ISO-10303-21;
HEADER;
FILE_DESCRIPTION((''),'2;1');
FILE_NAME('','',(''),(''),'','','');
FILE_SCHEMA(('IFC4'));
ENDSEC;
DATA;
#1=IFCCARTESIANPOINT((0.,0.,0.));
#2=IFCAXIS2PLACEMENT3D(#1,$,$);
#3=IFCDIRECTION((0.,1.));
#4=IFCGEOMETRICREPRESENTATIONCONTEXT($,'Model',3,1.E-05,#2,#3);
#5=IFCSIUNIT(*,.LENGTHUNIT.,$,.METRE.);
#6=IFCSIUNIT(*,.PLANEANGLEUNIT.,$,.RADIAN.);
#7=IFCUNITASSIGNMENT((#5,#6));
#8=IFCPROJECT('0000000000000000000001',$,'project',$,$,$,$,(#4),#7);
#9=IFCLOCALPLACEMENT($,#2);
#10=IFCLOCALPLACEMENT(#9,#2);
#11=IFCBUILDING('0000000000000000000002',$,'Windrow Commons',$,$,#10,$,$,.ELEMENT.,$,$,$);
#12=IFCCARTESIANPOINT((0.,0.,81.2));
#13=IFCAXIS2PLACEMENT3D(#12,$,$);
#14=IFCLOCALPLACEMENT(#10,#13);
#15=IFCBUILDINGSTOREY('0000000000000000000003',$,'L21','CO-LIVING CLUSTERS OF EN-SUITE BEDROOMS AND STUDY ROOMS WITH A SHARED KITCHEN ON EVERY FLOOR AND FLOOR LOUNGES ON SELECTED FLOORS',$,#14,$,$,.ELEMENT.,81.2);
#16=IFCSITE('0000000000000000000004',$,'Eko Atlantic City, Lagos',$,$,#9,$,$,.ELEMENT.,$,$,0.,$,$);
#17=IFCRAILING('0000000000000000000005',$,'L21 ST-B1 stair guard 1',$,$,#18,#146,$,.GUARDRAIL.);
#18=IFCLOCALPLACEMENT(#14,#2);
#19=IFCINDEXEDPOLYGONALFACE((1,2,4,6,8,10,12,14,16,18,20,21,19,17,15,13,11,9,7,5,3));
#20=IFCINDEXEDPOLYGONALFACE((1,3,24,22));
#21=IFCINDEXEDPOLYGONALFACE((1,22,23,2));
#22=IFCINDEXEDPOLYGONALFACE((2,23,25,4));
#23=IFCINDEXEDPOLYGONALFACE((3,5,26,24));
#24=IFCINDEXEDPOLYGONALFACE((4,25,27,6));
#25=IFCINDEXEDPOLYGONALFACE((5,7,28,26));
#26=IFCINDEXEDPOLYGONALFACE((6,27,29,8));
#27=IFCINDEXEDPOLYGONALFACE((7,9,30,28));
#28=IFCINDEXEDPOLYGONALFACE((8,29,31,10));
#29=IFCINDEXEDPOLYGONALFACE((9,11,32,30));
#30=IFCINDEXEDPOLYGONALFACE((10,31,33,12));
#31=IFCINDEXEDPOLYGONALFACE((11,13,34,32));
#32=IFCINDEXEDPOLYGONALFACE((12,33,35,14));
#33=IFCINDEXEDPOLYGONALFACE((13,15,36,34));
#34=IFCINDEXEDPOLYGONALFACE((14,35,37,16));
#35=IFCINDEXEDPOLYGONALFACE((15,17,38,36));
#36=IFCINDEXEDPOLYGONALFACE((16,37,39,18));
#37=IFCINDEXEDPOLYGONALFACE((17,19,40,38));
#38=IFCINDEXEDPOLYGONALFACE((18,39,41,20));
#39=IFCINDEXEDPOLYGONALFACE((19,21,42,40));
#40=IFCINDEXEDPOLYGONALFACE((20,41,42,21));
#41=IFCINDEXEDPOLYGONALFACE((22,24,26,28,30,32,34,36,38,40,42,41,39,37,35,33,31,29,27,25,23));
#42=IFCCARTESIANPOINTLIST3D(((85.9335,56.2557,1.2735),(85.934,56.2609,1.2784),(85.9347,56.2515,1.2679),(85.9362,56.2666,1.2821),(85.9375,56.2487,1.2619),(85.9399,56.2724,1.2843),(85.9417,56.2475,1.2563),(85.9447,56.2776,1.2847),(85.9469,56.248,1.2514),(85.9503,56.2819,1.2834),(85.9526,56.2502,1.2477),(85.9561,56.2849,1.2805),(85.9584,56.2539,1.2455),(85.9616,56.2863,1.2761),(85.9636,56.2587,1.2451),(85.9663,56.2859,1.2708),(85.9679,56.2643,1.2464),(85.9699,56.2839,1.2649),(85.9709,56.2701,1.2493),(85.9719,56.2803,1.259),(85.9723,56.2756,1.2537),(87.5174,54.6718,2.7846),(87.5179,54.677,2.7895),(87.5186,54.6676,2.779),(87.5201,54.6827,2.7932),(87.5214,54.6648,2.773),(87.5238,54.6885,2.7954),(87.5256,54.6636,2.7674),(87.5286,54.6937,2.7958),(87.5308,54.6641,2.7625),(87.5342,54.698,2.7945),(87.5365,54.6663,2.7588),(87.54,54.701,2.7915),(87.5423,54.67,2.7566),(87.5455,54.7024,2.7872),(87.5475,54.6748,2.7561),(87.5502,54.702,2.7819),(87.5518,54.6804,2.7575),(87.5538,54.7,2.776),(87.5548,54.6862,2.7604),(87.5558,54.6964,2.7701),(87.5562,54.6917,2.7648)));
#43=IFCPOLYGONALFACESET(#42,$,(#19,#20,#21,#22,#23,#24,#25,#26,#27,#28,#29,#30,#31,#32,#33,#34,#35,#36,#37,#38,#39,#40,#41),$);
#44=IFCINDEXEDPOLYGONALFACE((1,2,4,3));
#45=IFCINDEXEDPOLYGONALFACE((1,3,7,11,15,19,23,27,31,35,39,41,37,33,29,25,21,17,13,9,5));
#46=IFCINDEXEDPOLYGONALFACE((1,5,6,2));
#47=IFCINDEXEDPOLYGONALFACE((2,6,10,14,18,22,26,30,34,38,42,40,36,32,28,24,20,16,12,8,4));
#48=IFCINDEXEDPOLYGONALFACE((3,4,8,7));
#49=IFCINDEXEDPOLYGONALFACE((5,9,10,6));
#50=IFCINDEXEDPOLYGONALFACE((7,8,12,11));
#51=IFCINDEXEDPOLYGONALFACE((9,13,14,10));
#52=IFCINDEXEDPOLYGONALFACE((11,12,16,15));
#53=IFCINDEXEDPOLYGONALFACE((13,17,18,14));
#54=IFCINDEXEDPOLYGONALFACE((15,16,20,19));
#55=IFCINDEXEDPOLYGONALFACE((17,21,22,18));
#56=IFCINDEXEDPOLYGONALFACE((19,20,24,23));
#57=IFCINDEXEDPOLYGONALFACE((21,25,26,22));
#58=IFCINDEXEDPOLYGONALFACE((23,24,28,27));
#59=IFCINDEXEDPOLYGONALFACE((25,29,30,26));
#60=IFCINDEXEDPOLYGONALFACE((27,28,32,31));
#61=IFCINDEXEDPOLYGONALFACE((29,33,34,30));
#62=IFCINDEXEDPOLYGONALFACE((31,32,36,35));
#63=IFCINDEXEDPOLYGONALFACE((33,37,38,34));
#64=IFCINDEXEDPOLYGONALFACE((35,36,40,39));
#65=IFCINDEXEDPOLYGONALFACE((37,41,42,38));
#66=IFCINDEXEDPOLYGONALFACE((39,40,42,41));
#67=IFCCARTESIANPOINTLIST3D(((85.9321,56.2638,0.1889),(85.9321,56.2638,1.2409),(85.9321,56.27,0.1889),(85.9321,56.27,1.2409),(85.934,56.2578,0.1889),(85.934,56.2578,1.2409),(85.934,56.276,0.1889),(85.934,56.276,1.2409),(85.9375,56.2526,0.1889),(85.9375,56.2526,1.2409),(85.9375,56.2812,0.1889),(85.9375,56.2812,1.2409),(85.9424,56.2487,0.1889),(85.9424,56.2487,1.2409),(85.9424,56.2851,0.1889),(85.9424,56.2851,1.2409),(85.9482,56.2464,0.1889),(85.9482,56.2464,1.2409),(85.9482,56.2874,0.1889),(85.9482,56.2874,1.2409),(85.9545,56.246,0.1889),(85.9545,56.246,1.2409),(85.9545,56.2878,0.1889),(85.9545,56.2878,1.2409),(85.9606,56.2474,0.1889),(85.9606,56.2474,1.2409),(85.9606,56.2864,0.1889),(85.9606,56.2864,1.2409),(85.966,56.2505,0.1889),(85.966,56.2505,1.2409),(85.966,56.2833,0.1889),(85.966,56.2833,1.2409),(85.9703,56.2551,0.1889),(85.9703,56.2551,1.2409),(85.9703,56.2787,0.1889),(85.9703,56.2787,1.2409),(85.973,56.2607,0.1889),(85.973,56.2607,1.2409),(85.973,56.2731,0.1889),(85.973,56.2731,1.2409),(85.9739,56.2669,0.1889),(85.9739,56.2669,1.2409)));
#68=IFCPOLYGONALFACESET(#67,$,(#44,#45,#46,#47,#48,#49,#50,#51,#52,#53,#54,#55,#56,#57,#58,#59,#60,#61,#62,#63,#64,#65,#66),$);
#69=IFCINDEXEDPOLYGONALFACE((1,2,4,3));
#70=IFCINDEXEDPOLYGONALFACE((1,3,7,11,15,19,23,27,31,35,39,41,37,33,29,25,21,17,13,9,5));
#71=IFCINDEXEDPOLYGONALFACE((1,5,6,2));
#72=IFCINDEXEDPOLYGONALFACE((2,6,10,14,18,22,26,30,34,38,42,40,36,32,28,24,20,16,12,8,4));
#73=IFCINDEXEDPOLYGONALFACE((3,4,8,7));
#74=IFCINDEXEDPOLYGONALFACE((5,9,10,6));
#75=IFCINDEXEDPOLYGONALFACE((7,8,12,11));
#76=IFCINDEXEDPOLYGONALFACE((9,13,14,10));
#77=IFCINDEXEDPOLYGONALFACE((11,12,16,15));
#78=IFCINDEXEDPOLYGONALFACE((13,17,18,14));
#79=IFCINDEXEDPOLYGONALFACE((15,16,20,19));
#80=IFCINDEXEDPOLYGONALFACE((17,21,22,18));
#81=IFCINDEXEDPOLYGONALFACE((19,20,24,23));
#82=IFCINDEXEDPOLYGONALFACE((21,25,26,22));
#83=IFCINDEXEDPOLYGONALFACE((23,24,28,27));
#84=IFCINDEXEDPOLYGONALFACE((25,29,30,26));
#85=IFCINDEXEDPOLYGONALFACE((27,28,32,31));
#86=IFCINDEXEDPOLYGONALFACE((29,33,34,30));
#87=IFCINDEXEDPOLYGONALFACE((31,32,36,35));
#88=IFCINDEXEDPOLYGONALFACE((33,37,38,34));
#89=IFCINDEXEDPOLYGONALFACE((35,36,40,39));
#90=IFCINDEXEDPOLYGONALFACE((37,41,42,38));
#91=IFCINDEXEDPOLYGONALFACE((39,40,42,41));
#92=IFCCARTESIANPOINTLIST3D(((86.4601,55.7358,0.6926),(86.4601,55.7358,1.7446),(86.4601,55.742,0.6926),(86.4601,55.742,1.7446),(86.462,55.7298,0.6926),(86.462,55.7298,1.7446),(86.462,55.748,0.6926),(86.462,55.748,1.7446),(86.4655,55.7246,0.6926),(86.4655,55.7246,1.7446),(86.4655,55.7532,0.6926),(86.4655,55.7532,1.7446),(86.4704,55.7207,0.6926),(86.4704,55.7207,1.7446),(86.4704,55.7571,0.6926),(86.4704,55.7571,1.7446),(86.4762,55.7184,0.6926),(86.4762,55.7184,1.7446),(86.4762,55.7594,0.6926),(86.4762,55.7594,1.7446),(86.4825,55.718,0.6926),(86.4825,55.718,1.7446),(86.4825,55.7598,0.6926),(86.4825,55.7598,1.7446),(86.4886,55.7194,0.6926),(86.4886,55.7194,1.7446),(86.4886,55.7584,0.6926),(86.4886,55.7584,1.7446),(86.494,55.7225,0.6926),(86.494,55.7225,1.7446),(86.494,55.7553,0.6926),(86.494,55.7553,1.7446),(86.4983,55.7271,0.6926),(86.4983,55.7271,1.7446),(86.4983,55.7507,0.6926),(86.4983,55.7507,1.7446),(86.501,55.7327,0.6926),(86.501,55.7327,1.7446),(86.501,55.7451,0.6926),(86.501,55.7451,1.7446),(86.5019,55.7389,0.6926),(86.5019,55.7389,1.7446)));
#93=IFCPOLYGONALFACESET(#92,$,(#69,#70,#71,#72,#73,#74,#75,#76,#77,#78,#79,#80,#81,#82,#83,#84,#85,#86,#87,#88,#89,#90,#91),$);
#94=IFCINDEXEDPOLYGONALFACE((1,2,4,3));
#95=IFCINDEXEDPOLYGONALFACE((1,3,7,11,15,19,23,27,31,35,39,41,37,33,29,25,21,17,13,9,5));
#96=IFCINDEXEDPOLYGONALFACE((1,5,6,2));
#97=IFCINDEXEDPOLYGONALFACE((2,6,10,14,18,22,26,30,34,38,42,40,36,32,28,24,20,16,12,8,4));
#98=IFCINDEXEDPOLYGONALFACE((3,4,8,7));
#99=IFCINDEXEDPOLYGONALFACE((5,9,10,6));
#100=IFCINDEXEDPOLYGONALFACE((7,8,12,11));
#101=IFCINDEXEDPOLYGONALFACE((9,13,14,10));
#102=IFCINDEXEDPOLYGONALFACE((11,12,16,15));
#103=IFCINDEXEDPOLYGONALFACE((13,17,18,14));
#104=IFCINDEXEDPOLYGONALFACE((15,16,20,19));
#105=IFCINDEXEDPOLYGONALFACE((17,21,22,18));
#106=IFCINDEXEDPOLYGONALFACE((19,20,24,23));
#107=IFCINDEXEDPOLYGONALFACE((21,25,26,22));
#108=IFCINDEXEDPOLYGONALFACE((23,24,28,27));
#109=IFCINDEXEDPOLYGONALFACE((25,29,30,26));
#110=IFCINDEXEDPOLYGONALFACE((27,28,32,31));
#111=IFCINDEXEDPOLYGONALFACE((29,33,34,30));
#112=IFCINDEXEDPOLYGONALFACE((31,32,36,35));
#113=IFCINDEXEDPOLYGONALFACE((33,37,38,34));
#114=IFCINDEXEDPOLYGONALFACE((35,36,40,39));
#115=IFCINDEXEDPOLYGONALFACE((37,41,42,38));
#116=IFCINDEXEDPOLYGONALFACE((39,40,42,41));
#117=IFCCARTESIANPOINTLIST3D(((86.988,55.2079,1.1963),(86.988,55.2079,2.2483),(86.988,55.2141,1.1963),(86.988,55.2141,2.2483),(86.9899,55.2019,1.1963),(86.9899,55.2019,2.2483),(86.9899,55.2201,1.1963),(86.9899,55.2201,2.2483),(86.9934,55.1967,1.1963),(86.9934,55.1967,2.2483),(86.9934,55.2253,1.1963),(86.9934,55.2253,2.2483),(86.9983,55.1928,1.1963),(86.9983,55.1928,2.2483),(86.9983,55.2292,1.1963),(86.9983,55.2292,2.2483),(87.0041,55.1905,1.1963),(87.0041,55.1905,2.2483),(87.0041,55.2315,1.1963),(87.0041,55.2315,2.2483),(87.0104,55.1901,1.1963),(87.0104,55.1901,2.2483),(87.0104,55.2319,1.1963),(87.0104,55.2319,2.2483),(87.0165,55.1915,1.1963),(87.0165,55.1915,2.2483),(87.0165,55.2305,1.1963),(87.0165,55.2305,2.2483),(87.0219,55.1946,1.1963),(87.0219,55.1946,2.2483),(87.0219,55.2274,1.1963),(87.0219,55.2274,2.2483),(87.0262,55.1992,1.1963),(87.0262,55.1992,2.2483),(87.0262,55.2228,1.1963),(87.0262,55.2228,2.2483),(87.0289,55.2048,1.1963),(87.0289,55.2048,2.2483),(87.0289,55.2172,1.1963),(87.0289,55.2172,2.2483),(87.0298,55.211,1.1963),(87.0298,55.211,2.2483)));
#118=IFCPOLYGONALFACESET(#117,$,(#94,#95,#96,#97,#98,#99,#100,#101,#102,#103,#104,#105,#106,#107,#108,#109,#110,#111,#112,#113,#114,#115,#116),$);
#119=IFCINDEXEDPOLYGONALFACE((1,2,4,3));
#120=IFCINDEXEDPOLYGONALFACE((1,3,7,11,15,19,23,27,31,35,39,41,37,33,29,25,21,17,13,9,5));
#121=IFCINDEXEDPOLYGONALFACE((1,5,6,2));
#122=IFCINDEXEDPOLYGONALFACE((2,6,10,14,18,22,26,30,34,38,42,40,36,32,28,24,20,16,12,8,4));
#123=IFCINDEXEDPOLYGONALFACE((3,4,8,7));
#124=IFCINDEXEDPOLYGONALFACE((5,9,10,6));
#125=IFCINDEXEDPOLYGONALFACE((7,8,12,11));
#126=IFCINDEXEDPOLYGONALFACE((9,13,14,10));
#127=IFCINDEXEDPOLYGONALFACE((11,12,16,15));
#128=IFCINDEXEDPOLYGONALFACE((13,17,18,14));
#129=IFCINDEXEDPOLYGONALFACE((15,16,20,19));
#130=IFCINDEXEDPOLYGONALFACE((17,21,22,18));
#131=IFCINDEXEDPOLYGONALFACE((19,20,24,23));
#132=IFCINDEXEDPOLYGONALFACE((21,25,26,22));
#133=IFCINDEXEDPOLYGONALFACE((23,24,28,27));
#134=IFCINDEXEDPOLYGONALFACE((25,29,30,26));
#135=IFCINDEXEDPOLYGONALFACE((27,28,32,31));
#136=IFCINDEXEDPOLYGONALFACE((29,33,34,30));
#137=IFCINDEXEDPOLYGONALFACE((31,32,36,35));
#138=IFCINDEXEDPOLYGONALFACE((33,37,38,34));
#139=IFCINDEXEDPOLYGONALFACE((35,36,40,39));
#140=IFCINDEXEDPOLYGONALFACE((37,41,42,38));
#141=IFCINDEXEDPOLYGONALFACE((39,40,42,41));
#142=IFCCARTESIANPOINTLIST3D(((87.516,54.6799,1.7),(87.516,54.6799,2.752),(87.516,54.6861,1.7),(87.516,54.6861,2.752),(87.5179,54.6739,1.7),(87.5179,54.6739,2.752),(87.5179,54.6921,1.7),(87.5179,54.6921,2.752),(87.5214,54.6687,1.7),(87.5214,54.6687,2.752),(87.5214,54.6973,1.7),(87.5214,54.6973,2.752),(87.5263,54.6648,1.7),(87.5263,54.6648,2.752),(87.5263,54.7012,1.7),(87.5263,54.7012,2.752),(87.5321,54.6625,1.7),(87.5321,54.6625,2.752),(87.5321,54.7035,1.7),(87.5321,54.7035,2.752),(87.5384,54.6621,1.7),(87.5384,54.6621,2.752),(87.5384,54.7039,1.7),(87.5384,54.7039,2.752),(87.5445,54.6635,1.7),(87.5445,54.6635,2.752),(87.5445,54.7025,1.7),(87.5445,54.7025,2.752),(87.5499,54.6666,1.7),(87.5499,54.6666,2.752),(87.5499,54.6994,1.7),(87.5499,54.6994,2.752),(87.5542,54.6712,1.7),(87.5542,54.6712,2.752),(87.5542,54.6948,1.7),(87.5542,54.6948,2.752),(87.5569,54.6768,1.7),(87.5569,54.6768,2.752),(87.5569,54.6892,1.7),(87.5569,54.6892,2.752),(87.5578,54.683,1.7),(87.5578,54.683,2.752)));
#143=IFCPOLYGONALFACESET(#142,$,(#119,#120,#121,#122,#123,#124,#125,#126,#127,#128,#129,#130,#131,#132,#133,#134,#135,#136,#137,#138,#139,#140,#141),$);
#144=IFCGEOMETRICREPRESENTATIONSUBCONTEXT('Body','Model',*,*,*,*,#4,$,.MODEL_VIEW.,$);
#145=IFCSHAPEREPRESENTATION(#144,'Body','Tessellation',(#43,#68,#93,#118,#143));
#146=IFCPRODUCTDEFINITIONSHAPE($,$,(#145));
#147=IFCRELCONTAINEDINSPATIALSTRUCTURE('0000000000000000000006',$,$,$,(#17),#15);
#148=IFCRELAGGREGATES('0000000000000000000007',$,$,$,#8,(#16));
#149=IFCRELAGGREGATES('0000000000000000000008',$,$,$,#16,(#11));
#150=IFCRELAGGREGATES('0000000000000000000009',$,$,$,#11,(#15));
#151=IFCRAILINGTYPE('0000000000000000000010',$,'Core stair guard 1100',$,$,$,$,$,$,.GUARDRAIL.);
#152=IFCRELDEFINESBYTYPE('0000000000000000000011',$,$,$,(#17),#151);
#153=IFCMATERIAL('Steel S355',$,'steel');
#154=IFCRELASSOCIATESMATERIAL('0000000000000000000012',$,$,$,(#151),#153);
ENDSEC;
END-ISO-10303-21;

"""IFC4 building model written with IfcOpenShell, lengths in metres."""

from ifc_helpers import new_model, si_unit, direction, frame, origin, origin_2d, place, context, subcontext, project, spatial, circle, extrude, material, type_object, element, save


model = new_model("IFC4")

# Units and contexts
model_context = context("Model", 3, precision=1e-05, world=origin(), true_north=direction((0.0, 1.0)))
body_context = subcontext(model_context, "Body", "Model", "MODEL_VIEW")
ifc_project = project(units=[si_unit("LENGTHUNIT", "METRE"), si_unit("PLANEANGLEUNIT", "RADIAN")], contexts=[model_context])

# Site, building, storey
site_placement = place(None, origin())
site = spatial("IfcSite", under=ifc_project, at=site_placement, Name="Eko Atlantic City, Lagos", CompositionType="ELEMENT", RefElevation=0.0)
building_placement = place(site_placement, origin())
building = spatial("IfcBuilding", under=site, at=building_placement, Name="Windrow Commons", CompositionType="ELEMENT")
storey_placement = place(building_placement, frame((0.0, 0.0, 81.2)))
storey = spatial("IfcBuildingStorey", under=building, at=storey_placement, Name="L21", Description="CO-LIVING CLUSTERS OF EN-SUITE BEDROOMS AND STUDY ROOMS WITH A SHARED KITCHEN ON EVERY FLOOR AND FLOOR LOUNGES ON SELECTED FLOORS", CompositionType="ELEMENT", Elevation=81.2)

# Railing
ifc_material_1 = material(Name="Steel S355", Category="steel")
railing_type_1 = type_object("IfcRailingType", Name="Core stair guard 1100", PredefinedType="GUARDRAIL", material=ifc_material_1)
railing_1_placement = place(storey_placement, frame((85.9529, 56.2669, 0.1889)))
element("IfcRailing", 1, at=railing_1_placement, inside=storey, type_object=railing_type_1, Name="L21 ST-B1 stair guard 1", PredefinedType="GUARDRAIL", context=body_context, shape_type="SweptSolid", body=[
    extrude(circle(Radius=0.024, at=origin_2d()), frame((0.0, 0.0, 1.076), z_axis=(0.586191, -0.586191, 0.559249), x_axis=(0.707107, 0.707107, 0.0)), (0.0, 0.0, 1.0), 2.702),
    extrude(circle(Radius=0.021, at=origin_2d()), origin(), (0.0, 0.0, 1.0), 1.052),
    extrude(circle(Radius=0.021, at=origin_2d()), frame((0.528, -0.528, 0.5037)), (0.0, 0.0, 1.0), 1.052),
    extrude(circle(Radius=0.021, at=origin_2d()), frame((1.0559, -1.0559, 1.0074)), (0.0, 0.0, 1.0), 1.052),
    extrude(circle(Radius=0.021, at=origin_2d()), frame((1.5839, -1.5839, 1.5111)), (0.0, 0.0, 1.0), 1.052),
])

save(model, "model.ifc")
